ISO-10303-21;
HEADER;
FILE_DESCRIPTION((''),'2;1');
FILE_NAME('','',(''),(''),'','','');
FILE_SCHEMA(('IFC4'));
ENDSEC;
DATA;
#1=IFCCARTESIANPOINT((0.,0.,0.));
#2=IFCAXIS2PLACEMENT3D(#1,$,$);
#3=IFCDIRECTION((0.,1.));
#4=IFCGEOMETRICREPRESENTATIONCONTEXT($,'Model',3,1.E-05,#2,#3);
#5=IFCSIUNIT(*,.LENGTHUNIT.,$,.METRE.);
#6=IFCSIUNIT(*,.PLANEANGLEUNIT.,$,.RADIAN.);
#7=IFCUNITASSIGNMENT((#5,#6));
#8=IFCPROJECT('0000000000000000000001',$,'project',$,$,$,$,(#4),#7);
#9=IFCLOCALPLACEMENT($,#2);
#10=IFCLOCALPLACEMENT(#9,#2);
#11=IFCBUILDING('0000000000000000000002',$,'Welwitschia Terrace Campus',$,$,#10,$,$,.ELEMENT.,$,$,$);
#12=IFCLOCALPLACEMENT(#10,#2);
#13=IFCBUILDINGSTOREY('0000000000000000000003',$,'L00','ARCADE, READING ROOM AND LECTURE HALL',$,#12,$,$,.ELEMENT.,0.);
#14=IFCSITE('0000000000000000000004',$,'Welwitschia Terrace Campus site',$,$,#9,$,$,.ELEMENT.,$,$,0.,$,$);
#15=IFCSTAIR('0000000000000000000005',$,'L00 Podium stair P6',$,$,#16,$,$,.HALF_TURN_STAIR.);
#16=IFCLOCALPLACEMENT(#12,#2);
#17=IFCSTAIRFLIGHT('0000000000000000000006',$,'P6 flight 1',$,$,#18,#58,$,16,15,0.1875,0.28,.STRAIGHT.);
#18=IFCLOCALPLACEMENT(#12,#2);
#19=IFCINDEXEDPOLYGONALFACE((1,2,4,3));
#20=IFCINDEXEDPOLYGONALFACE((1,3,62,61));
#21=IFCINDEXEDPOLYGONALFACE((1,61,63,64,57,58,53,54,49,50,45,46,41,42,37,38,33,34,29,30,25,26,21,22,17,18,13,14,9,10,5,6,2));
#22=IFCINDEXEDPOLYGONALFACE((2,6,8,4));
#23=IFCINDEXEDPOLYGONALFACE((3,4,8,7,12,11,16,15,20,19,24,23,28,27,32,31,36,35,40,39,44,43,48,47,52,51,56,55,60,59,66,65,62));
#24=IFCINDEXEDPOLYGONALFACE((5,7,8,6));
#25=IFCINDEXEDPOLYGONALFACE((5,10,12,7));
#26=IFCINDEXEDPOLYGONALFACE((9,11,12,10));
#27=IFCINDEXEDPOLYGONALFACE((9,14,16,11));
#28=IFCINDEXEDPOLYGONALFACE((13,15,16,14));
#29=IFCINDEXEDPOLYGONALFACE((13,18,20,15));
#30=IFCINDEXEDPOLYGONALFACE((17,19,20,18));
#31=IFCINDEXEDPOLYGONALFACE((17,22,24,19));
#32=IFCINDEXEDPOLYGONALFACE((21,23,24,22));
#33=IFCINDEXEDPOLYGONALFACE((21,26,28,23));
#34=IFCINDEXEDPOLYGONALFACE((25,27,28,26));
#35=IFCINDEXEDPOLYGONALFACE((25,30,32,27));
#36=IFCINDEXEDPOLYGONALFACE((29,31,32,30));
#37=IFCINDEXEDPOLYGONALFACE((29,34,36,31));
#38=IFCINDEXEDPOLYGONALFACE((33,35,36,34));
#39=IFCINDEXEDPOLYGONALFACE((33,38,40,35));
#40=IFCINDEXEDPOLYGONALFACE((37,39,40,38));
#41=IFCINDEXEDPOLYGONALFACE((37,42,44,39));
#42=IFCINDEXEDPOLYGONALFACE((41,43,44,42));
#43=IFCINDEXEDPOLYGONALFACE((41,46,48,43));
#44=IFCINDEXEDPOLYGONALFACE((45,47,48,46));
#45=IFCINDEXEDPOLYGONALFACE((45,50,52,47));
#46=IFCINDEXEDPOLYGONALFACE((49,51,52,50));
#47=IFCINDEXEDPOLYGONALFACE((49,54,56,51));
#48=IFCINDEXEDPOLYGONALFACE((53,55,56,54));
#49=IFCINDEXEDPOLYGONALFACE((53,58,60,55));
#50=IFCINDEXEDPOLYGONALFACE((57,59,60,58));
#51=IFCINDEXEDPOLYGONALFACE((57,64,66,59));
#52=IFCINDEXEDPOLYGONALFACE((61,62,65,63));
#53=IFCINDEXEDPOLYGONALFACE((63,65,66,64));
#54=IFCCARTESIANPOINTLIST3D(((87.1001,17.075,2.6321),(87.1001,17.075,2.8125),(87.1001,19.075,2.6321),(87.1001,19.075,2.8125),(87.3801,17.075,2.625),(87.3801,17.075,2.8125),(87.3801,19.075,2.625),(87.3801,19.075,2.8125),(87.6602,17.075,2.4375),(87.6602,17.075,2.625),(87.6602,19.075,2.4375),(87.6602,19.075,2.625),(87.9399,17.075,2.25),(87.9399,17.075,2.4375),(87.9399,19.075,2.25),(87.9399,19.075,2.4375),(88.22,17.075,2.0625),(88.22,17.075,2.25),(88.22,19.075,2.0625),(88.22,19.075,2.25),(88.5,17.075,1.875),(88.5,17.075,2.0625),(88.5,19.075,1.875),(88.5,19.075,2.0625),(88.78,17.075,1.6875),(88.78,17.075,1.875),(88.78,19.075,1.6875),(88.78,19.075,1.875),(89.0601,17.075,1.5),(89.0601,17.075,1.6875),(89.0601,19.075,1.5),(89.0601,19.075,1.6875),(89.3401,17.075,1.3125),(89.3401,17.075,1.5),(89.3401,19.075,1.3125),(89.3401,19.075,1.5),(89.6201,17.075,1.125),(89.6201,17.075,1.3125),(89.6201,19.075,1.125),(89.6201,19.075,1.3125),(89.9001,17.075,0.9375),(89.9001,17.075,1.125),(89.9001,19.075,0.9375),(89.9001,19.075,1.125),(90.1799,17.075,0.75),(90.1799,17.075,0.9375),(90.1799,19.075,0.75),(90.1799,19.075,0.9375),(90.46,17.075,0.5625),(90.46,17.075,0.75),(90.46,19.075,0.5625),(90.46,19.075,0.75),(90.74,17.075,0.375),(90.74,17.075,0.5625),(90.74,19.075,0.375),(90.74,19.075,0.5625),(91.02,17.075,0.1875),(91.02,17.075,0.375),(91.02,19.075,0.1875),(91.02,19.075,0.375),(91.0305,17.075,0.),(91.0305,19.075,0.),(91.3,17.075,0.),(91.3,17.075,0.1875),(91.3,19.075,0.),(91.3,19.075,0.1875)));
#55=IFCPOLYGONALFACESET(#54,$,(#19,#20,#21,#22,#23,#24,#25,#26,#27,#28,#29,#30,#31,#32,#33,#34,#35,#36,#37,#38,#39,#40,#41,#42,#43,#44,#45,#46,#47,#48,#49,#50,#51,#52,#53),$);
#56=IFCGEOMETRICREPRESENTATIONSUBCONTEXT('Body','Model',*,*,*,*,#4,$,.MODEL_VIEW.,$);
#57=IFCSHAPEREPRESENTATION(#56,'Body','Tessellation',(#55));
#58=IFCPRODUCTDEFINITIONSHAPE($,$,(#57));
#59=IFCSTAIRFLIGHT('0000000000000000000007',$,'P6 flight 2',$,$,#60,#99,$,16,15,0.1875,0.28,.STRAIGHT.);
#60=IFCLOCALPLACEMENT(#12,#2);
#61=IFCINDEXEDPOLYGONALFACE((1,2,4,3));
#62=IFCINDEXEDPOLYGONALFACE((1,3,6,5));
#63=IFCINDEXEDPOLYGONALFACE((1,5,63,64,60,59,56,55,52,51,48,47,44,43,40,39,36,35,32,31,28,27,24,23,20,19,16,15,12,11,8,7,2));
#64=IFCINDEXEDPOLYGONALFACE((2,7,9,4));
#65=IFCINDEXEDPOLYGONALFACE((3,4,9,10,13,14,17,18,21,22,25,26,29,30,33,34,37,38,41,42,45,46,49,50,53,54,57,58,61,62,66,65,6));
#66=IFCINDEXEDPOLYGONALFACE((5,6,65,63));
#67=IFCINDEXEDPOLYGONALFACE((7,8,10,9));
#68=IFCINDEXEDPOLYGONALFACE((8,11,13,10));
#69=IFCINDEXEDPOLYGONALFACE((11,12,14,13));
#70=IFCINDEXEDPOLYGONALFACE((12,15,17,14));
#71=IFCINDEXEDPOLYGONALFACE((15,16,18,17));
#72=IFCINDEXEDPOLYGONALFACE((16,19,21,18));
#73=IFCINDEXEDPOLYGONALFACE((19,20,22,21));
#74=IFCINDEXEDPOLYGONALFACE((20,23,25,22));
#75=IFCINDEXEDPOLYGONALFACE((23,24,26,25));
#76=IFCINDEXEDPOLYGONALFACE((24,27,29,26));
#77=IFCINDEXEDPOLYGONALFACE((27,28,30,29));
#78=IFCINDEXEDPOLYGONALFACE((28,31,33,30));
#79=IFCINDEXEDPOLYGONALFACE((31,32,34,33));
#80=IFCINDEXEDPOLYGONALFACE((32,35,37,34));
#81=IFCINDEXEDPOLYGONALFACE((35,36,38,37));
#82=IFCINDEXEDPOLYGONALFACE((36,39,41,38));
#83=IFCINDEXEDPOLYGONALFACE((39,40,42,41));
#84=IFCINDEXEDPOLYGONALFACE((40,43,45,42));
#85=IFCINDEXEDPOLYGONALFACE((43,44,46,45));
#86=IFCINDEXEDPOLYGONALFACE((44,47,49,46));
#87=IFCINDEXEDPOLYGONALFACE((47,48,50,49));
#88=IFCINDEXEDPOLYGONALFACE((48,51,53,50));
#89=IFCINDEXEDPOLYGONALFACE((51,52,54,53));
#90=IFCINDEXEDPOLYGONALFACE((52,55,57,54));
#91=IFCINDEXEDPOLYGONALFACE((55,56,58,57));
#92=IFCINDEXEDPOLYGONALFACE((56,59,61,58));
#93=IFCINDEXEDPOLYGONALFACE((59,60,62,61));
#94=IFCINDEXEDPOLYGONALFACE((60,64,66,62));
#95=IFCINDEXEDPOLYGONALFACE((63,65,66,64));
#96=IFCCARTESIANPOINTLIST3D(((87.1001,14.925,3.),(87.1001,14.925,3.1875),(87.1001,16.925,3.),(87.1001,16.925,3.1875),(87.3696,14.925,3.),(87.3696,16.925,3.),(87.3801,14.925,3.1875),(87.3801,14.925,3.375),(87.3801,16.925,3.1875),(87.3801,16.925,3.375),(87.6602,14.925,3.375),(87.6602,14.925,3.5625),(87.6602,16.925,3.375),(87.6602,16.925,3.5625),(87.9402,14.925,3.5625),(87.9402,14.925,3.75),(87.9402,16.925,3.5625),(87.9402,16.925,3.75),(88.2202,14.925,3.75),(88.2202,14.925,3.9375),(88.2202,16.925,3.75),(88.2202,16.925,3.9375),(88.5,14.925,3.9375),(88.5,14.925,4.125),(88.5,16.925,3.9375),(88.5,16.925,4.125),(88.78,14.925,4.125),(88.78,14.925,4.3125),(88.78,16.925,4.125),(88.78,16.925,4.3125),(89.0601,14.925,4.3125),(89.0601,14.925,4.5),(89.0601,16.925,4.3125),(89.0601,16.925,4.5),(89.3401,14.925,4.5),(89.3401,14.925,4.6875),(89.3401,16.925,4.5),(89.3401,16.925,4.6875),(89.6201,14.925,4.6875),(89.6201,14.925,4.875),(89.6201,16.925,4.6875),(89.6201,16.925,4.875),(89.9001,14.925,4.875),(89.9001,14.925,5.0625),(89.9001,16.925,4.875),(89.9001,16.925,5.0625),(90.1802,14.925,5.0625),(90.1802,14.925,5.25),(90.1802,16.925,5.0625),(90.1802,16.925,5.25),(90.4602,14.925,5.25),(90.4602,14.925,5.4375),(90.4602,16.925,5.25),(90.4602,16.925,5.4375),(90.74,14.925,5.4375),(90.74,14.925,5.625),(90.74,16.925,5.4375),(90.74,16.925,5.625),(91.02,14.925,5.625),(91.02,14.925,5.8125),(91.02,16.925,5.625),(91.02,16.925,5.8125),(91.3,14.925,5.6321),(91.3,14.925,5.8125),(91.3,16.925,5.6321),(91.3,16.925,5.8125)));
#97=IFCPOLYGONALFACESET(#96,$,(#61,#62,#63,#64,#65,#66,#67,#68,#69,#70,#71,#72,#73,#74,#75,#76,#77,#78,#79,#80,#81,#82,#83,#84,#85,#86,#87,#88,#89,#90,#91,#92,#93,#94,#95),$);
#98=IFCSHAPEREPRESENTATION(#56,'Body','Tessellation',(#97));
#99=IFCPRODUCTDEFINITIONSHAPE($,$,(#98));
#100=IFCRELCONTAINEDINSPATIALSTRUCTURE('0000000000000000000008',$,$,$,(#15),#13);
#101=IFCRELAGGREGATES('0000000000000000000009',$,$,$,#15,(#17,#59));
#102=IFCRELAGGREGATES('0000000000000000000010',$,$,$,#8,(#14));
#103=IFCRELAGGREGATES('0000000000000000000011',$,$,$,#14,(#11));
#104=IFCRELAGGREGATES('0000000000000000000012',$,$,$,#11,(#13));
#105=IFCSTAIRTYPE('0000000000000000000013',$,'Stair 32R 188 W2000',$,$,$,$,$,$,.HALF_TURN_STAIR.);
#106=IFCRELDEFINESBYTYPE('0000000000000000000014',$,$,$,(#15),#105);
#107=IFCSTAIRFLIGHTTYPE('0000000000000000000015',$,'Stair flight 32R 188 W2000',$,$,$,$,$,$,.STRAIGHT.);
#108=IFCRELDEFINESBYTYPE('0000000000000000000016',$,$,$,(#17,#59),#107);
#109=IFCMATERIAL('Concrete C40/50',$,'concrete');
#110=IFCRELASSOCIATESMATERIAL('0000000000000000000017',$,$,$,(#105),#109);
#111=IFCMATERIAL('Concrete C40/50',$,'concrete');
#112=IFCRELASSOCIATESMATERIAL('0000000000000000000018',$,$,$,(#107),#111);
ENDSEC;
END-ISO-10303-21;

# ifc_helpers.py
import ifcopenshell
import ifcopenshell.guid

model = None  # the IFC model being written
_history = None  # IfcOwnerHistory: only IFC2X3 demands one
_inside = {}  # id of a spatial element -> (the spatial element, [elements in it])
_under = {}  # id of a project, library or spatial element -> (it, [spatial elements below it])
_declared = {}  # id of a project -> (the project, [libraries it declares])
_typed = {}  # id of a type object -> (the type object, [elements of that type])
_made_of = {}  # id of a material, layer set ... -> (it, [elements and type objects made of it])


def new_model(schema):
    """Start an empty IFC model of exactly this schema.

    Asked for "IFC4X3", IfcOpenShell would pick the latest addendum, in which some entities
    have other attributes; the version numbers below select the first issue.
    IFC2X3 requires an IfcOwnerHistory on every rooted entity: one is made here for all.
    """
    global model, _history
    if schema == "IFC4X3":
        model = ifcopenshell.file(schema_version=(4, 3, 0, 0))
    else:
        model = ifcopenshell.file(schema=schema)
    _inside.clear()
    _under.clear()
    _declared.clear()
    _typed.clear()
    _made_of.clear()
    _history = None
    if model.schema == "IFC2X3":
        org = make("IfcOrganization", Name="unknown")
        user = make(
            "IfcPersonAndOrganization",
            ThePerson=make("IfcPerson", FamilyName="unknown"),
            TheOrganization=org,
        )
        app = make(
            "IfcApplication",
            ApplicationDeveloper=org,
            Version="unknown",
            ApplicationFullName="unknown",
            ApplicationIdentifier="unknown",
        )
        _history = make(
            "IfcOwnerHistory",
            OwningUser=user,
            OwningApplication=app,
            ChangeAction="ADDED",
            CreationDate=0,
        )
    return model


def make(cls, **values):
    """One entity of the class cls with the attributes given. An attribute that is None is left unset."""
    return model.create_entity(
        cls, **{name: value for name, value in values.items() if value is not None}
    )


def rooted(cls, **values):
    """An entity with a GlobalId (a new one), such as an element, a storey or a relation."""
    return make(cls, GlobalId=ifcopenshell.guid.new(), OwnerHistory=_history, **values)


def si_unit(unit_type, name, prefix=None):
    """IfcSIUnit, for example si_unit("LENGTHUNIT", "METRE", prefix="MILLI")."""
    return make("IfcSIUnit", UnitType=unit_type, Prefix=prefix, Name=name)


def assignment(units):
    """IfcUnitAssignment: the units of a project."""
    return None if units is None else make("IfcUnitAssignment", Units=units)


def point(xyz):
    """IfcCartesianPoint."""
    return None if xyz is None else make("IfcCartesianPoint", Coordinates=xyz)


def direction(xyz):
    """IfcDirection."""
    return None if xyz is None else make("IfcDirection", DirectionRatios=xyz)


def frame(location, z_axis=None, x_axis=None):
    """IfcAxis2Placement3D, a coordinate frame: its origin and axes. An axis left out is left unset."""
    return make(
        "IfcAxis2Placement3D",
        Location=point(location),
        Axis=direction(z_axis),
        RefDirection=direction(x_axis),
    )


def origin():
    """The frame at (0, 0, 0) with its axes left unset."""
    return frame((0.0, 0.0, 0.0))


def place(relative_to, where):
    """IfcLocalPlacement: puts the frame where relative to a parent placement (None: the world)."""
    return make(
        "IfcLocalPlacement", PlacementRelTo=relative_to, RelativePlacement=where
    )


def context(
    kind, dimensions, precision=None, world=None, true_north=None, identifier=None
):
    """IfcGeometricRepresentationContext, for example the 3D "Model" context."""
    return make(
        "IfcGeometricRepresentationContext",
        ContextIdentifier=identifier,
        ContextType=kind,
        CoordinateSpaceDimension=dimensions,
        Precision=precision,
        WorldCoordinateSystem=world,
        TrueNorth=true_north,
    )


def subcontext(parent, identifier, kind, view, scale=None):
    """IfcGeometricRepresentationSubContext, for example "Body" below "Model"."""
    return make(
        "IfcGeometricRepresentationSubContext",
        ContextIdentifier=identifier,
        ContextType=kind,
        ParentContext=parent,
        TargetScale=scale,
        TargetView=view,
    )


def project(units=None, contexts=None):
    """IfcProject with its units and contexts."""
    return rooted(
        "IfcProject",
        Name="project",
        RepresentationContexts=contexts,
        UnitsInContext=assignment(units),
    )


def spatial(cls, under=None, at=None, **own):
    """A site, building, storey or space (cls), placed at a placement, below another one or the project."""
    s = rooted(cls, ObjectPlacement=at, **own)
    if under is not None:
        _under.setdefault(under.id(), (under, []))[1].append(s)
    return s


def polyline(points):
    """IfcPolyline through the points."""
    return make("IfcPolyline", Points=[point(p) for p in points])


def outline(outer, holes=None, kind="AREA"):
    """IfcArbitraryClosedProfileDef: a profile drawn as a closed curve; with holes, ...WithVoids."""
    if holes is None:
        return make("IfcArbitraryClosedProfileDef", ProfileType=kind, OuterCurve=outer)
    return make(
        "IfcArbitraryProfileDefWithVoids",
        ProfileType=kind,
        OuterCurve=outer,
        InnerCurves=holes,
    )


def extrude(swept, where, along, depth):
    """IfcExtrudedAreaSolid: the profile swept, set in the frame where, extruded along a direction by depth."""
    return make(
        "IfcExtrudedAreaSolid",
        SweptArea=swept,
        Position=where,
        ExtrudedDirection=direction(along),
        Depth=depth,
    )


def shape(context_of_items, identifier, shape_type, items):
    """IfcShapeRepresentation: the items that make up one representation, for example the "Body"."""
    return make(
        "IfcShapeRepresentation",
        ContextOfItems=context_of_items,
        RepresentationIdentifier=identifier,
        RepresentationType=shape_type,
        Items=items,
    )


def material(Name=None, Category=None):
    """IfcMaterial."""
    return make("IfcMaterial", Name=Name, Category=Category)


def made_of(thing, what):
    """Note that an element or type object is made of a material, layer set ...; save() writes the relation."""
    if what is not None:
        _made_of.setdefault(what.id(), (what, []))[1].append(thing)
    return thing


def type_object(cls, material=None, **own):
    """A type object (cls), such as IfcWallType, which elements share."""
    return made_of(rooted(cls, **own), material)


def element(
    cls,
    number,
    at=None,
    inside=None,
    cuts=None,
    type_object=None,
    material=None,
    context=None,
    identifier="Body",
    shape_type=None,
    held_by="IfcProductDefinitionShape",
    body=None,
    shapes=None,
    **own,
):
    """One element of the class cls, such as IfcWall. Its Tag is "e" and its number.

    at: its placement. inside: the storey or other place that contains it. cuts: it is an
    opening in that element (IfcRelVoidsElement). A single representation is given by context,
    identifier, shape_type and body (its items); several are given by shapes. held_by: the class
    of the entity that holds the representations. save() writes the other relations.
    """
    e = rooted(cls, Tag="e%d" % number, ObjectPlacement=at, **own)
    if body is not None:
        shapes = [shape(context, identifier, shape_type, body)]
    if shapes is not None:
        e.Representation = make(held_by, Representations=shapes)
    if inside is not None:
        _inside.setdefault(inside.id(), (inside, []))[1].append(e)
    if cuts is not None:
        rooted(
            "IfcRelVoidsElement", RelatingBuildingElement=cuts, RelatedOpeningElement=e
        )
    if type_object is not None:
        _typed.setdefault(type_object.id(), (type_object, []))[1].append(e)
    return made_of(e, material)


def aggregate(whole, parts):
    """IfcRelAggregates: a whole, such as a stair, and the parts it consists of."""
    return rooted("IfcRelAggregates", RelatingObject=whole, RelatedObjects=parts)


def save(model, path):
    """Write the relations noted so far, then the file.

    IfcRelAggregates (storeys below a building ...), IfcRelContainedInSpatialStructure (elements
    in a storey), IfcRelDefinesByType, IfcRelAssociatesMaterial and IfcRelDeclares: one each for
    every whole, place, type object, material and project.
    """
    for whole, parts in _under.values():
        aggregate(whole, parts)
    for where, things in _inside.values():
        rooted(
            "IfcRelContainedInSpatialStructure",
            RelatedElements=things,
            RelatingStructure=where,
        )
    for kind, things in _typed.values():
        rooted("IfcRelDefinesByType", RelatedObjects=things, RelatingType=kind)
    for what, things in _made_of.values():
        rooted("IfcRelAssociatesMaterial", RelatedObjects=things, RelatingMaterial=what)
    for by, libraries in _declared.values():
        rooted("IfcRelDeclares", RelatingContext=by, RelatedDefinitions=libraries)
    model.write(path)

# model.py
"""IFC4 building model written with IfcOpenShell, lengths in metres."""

from ifc_helpers import new_model, si_unit, direction, frame, origin, place, context, subcontext, project, spatial, polyline, outline, extrude, material, type_object, element, aggregate, save


model = new_model("IFC4")

# Units and contexts
model_context = context("Model", 3, precision=1e-05, world=origin(), true_north=direction((0.0, 1.0)))
body_context = subcontext(model_context, "Body", "Model", "MODEL_VIEW")
ifc_project = project(units=[si_unit("LENGTHUNIT", "METRE"), si_unit("PLANEANGLEUNIT", "RADIAN")], contexts=[model_context])

# Site, building, storey
site_placement = place(None, origin())
site = spatial("IfcSite", under=ifc_project, at=site_placement, Name="Welwitschia Terrace Campus site", CompositionType="ELEMENT", RefElevation=0.0)
building_placement = place(site_placement, origin())
building = spatial("IfcBuilding", under=site, at=building_placement, Name="Welwitschia Terrace Campus", CompositionType="ELEMENT")
storey_placement = place(building_placement, origin())
storey = spatial("IfcBuildingStorey", under=building, at=storey_placement, Name="L00", Description="ARCADE, READING ROOM AND LECTURE HALL", CompositionType="ELEMENT", Elevation=0.0)

# Stair, stair flights
ifc_material_1 = material(Name="Concrete C40/50", Category="concrete")
stair_type = type_object("IfcStairType", Name="Stair 32R 188 W2000", PredefinedType="HALF_TURN_STAIR", material=ifc_material_1)
stair_placement = place(storey_placement, origin())
stair = element("IfcStair", 1, at=stair_placement, inside=storey, type_object=stair_type, Name="L00 Podium stair P6", PredefinedType="HALF_TURN_STAIR")
ifc_material_2 = material(Name="Concrete C40/50", Category="concrete")
stair_flight_type = type_object("IfcStairFlightType", Name="Stair flight 32R 188 W2000", PredefinedType="STRAIGHT", material=ifc_material_2)
stair_flight_1_placement = place(storey_placement, frame((91.3, 18.075, 0.0), z_axis=(0.0, 0.0, 1.0), x_axis=(-1.0, 0.0, 0.0)))
stair_flight_1 = element("IfcStairFlight", 2, at=stair_flight_1_placement, type_object=stair_flight_type, Name="P6 flight 1", NumberOfRisers=16, NumberOfTreads=15, PredefinedType="STRAIGHT", RiserHeight=0.1875, TreadLength=0.28, context=body_context, shape_type="SweptSolid", body=[
    extrude(outline(polyline([(0.0, 0.0), (0.0, 0.1875), (0.28, 0.1875), (0.28, 0.375), (0.5601, 0.375), (0.5601, 0.5625), (0.8401, 0.5625), (0.8401, 0.75), (1.1201, 0.75), (1.1201, 0.9375), (1.3999, 0.9375), (1.3999, 1.125), (1.6799, 1.125), (1.6799, 1.3125), (1.96, 1.3125), (1.96, 1.5), (2.24, 1.5), (2.24, 1.6875), (2.52, 1.6875), (2.52, 1.875), (2.8, 1.875), (2.8, 2.0625), (3.0801, 2.0625), (3.0801, 2.25), (3.3601, 2.25), (3.3601, 2.4375), (3.6399, 2.4375), (3.6399, 2.625), (3.9199, 2.625), (3.9199, 2.8125), (4.2, 2.8125), (4.2, 3.0), (4.2, 2.6321), (0.2695, 0.0), (0.0, 0.0)])), frame((0.0, 1.0, 0.0), z_axis=(0.0, -1.0, 0.0), x_axis=(1.0, 0.0, 0.0)), (0.0, 0.0, 1.0), 2.0),
])
stair_flight_2_placement = place(storey_placement, frame((87.1001, 15.925, 3.0), z_axis=(0.0, 0.0, 1.0), x_axis=(1.0, 0.0, 0.0)))
stair_flight_2 = element("IfcStairFlight", 3, at=stair_flight_2_placement, type_object=stair_flight_type, Name="P6 flight 2", NumberOfRisers=16, NumberOfTreads=15, PredefinedType="STRAIGHT", RiserHeight=0.1875, TreadLength=0.28, context=body_context, shape_type="SweptSolid", body=[
    extrude(outline(polyline([(0.0, 0.0), (0.0, 0.1875), (0.28, 0.1875), (0.28, 0.375), (0.5601, 0.375), (0.5601, 0.5625), (0.8401, 0.5625), (0.8401, 0.75), (1.1201, 0.75), (1.1201, 0.9375), (1.3999, 0.9375), (1.3999, 1.125), (1.6799, 1.125), (1.6799, 1.3125), (1.96, 1.3125), (1.96, 1.5), (2.24, 1.5), (2.24, 1.6875), (2.52, 1.6875), (2.52, 1.875), (2.8, 1.875), (2.8, 2.0625), (3.0801, 2.0625), (3.0801, 2.25), (3.3601, 2.25), (3.3601, 2.4375), (3.6399, 2.4375), (3.6399, 2.625), (3.9199, 2.625), (3.9199, 2.8125), (4.2, 2.8125), (4.2, 3.0), (4.2, 2.6321), (0.2695, 0.0), (0.0, 0.0)])), frame((0.0, 1.0, 0.0), z_axis=(0.0, -1.0, 0.0), x_axis=(1.0, 0.0, 0.0)), (0.0, 0.0, 1.0), 2.0),
])
aggregate(stair, [stair_flight_1, stair_flight_2])

save(model, "model.ifc")
